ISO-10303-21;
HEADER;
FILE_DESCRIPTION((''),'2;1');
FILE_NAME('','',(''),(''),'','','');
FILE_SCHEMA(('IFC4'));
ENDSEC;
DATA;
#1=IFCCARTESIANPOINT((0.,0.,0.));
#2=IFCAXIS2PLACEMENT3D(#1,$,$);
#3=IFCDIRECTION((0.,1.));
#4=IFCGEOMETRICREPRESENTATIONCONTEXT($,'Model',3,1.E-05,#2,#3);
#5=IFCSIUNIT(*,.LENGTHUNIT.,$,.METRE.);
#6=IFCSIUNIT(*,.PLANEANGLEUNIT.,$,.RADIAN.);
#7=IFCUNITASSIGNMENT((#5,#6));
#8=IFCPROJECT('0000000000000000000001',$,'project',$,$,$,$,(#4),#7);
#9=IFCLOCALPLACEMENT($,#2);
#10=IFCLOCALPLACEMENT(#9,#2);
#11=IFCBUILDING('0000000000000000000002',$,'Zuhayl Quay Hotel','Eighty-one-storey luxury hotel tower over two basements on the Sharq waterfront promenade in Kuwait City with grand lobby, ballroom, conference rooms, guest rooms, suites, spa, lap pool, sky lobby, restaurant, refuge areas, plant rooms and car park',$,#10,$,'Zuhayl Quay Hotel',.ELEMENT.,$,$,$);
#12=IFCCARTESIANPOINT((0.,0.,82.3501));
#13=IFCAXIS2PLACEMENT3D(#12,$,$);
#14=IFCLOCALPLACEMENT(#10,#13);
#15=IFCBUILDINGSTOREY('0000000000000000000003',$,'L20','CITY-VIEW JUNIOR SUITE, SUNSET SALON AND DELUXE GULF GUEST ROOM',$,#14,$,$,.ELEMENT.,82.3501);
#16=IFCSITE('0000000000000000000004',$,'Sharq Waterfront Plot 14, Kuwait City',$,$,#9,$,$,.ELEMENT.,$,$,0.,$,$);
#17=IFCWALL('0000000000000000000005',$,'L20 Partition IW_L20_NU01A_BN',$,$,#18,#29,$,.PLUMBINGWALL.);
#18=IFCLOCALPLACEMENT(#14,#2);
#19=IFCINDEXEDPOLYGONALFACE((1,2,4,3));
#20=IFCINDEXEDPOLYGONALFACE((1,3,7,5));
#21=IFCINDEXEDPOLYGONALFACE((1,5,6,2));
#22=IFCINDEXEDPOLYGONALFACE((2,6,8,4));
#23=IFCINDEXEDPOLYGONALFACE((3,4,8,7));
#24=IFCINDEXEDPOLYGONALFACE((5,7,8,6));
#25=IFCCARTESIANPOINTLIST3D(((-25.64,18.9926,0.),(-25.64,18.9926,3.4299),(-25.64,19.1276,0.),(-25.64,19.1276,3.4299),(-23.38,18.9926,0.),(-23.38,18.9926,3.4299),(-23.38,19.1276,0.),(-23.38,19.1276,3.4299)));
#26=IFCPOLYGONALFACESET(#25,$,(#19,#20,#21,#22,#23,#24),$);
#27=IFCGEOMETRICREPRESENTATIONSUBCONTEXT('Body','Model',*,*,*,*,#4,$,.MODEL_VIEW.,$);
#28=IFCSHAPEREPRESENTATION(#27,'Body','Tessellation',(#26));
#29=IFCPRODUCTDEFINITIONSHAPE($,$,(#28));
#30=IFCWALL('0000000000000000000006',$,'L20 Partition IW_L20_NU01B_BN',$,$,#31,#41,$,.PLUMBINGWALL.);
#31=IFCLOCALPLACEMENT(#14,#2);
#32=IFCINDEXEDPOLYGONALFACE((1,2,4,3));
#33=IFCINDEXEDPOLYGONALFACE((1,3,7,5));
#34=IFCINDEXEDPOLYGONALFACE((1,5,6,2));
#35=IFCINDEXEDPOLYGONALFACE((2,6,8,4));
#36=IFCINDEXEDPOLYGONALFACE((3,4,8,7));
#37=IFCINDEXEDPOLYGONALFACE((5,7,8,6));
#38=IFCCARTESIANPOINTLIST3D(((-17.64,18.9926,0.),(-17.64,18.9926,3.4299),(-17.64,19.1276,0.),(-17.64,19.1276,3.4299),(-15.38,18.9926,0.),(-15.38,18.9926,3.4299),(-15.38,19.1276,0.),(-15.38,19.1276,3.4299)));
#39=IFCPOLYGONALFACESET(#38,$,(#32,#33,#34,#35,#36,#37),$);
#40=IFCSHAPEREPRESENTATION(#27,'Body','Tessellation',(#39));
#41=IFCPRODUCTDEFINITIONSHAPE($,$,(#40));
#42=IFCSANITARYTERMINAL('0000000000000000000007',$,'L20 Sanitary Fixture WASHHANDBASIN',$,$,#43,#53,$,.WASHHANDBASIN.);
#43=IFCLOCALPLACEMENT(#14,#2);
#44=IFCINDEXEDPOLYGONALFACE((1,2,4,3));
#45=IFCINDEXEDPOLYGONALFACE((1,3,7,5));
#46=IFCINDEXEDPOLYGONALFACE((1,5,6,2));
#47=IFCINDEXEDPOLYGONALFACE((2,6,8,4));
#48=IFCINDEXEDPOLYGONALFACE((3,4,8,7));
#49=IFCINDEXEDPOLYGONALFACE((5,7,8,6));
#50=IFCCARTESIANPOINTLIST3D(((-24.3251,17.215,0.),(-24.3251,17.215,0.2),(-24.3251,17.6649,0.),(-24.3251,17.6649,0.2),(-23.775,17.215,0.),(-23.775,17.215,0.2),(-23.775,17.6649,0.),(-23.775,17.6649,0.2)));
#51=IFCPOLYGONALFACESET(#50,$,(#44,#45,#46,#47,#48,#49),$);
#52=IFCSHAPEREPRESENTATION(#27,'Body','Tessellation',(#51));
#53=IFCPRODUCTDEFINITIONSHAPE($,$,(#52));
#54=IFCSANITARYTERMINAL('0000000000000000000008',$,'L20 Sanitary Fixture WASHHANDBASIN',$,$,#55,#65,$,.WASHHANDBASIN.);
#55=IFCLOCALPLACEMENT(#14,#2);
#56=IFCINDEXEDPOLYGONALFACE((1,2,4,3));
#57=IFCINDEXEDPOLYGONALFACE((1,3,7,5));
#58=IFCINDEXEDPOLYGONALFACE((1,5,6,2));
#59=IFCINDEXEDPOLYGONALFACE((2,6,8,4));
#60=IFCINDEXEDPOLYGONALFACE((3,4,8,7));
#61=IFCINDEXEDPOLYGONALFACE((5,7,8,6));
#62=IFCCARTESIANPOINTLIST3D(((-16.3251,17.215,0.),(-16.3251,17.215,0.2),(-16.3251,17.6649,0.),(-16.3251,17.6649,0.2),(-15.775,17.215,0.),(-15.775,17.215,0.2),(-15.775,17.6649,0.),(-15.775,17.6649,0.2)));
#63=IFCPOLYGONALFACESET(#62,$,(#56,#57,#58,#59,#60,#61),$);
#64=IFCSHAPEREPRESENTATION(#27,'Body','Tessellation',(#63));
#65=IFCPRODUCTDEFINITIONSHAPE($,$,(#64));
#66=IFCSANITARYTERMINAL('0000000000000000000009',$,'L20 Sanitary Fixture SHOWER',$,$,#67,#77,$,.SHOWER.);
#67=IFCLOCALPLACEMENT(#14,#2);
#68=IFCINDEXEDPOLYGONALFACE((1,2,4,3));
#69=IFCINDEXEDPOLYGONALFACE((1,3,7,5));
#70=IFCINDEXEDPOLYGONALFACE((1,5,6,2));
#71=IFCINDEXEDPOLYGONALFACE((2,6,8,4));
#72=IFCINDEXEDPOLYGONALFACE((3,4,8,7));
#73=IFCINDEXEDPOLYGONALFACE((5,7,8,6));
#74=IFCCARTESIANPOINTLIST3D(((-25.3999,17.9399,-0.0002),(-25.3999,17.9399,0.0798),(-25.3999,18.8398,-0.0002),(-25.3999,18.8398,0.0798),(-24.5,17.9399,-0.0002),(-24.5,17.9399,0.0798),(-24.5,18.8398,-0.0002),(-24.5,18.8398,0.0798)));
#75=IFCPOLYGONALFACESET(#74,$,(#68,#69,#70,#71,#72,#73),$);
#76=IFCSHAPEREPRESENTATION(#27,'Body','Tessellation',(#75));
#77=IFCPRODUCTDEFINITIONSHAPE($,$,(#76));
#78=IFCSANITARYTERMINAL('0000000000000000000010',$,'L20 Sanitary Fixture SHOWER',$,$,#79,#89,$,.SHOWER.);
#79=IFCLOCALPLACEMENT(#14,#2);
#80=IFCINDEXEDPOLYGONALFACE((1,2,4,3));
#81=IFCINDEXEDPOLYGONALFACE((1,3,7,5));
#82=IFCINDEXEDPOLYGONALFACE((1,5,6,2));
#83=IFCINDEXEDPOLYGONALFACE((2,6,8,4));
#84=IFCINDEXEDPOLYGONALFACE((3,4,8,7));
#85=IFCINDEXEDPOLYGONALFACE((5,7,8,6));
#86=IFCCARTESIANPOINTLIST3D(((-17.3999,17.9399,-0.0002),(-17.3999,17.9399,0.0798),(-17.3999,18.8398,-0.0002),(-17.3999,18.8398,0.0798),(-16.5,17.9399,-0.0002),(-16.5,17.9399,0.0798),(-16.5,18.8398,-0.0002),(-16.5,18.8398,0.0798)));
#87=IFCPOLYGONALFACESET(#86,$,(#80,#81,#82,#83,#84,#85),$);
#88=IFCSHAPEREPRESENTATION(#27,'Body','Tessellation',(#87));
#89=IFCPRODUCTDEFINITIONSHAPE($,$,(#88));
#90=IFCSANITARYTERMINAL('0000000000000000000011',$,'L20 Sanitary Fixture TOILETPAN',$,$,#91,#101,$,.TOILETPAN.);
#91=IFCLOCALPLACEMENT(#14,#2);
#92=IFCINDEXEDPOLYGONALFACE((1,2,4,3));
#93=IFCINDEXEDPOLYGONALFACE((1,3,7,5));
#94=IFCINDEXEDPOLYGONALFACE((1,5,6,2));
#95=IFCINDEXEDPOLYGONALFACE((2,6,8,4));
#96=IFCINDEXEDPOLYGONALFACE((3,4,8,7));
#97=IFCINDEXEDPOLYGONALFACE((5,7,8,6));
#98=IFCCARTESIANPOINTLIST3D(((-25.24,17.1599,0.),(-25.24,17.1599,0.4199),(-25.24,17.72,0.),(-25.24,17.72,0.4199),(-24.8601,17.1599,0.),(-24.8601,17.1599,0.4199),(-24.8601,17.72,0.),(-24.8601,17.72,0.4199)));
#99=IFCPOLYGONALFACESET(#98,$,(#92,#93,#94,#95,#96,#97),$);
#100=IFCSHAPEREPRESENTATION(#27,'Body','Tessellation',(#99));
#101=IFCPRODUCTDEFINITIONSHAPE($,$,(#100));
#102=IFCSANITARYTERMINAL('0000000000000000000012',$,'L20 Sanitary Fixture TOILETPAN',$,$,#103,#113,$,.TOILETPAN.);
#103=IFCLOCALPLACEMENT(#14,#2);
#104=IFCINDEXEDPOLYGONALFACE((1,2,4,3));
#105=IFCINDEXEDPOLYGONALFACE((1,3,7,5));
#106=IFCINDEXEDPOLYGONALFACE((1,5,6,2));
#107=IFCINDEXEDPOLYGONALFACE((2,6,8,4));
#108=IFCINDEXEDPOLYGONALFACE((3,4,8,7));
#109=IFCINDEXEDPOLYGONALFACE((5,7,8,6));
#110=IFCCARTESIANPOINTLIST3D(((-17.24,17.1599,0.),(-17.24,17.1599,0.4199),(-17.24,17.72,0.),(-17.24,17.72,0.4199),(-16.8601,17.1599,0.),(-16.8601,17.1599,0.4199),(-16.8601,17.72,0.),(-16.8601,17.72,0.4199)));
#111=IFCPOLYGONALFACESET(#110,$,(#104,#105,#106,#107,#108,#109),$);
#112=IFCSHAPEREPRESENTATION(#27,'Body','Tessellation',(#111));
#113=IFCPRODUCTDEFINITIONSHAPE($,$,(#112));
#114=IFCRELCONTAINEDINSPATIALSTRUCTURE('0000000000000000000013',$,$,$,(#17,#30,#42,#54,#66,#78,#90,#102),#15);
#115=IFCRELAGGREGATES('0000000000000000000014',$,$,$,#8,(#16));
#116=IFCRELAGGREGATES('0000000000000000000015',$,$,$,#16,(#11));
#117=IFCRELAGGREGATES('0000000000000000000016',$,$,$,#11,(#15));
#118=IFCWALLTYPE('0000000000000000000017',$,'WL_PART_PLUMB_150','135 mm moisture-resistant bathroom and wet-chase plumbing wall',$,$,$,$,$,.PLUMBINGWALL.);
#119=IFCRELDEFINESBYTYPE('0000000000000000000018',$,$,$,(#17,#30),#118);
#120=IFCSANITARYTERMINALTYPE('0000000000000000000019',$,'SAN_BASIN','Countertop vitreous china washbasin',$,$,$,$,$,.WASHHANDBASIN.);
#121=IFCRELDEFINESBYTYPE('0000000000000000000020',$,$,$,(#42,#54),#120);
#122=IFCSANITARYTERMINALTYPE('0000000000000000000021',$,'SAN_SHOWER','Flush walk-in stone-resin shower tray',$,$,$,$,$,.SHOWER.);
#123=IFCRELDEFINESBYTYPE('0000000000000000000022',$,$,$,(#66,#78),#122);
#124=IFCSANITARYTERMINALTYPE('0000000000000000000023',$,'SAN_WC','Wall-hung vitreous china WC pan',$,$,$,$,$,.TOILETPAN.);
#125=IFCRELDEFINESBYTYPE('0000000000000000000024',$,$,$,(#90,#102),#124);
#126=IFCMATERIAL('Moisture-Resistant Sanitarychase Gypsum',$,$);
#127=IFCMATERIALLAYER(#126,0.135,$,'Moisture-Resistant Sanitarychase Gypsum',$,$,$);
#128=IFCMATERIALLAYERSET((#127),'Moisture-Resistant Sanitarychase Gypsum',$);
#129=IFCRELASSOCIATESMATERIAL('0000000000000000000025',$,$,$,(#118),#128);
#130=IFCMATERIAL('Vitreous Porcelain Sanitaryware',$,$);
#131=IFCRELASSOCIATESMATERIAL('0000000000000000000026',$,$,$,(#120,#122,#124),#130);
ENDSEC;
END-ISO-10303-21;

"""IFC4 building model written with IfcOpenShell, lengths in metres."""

from ifc_helpers import new_model, si_unit, direction, frame, frame_2d, origin, origin_2d, place, context, subcontext, project, spatial, rectangle, extrude, material, layer, layer_set, type_object, element, save


model = new_model("IFC4")

# Units and contexts
model_context = context("Model", 3, precision=1e-05, world=origin(), true_north=direction((0.0, 1.0)))
body_context = subcontext(model_context, "Body", "Model", "MODEL_VIEW")
ifc_project = project(units=[si_unit("LENGTHUNIT", "METRE"), si_unit("PLANEANGLEUNIT", "RADIAN")], contexts=[model_context])

# Site, building, storey
site_placement = place(None, origin())
site = spatial("IfcSite", under=ifc_project, at=site_placement, Name="Sharq Waterfront Plot 14, Kuwait City", CompositionType="ELEMENT", RefElevation=0.0)
building_placement = place(site_placement, origin())
building = spatial("IfcBuilding", under=site, at=building_placement, Name="Zuhayl Quay Hotel", Description="Eighty-one-storey luxury hotel tower over two basements on the Sharq waterfront promenade in Kuwait City with grand lobby, ballroom, conference rooms, guest rooms, suites, spa, lap pool, sky lobby, restaurant, refuge areas, plant rooms and car park", LongName="Zuhayl Quay Hotel", CompositionType="ELEMENT")
storey_placement = place(building_placement, frame((0.0, 0.0, 82.3501)))
storey = spatial("IfcBuildingStorey", under=building, at=storey_placement, Name="L20", Description="CITY-VIEW JUNIOR SUITE, SUNSET SALON AND DELUXE GULF GUEST ROOM", CompositionType="ELEMENT", Elevation=82.3501)

# Shared definitions
ifc_material_1 = material(Name="Moisture-Resistant Sanitarychase Gypsum")
ifc_layer_1 = layer(ifc_material_1, 0.135, Name="Moisture-Resistant Sanitarychase Gypsum")
ifc_layer_set_1 = layer_set([ifc_layer_1], Name="Moisture-Resistant Sanitarychase Gypsum")
wall_type_1 = type_object("IfcWallType", Name="WL_PART_PLUMB_150", Description="135 mm moisture-resistant bathroom and wet-chase plumbing wall", PredefinedType="PLUMBINGWALL", material=ifc_layer_set_1)

# Walls
for number, where, z_axis, x_axis, name in (
    (1, (-25.6399, 19.0601, 0.0), (0.0, 0.0, 1.0), (1.0, 0.0, 0.0), "L20 Partition IW_L20_NU01A_BN"),
    (2, (-17.6399, 19.0601, 0.0), (0.0, 0.0, 1.0), (1.0, 0.0, 0.0), "L20 Partition IW_L20_NU01B_BN"),
):
    element("IfcWall", number, at=place(storey_placement, frame(where, z_axis=z_axis, x_axis=x_axis)), inside=storey, type_object=wall_type_1, Name=name, PredefinedType="PLUMBINGWALL", context=body_context, shape_type="SweptSolid", body=[
        extrude(rectangle(XDim=2.26, YDim=0.135, at=frame_2d((1.1299, 0.0))), origin(), (0.0, 0.0, 1.0), 3.4299),
    ])

# Sanitary terminals
ifc_material_2 = material(Name="Vitreous Porcelain Sanitaryware")
sanitary_terminal_type_1 = type_object("IfcSanitaryTerminalType", Name="SAN_BASIN", Description="Countertop vitreous china washbasin", PredefinedType="WASHHANDBASIN", material=ifc_material_2)
for number, where, z_axis, x_axis, name in (
    (3, (-24.05, 17.4399, 0.0), (0.0, 0.0, 1.0), (1.0, 0.0, 0.0), "L20 Sanitary Fixture WASHHANDBASIN"),
    (4, (-16.05, 17.4399, 0.0), (0.0, 0.0, 1.0), (1.0, 0.0, 0.0), "L20 Sanitary Fixture WASHHANDBASIN"),
):
    element("IfcSanitaryTerminal", number, at=place(storey_placement, frame(where, z_axis=z_axis, x_axis=x_axis)), inside=storey, type_object=sanitary_terminal_type_1, Name=name, PredefinedType="WASHHANDBASIN", context=body_context, shape_type="SweptSolid", body=[
        extrude(rectangle(XDim=0.55, YDim=0.45, at=origin_2d()), origin(), (0.0, 0.0, 1.0), 0.2),
    ])
sanitary_terminal_type_2 = type_object("IfcSanitaryTerminalType", Name="SAN_SHOWER", Description="Flush walk-in stone-resin shower tray", PredefinedType="SHOWER", material=ifc_material_2)
for number, where, z_axis, x_axis, name in (
    (5, (-24.95, 18.3899, -0.0002), (0.0, 0.0, 1.0), (1.0, 0.0, 0.0), "L20 Sanitary Fixture SHOWER"),
    (6, (-16.95, 18.3899, -0.0002), (0.0, 0.0, 1.0), (1.0, 0.0, 0.0), "L20 Sanitary Fixture SHOWER"),
):
    element("IfcSanitaryTerminal", number, at=place(storey_placement, frame(where, z_axis=z_axis, x_axis=x_axis)), inside=storey, type_object=sanitary_terminal_type_2, Name=name, PredefinedType="SHOWER", context=body_context, shape_type="SweptSolid", body=[
        extrude(rectangle(XDim=0.8999, YDim=0.8999, at=origin_2d()), origin(), (0.0, 0.0, 1.0), 0.0801),
    ])
sanitary_terminal_type_3 = type_object("IfcSanitaryTerminalType", Name="SAN_WC", Description="Wall-hung vitreous china WC pan", PredefinedType="TOILETPAN", material=ifc_material_2)
for number, where, z_axis, x_axis, name in (
    (7, (-25.05, 17.4399, 0.0), (0.0, 0.0, 1.0), (1.0, 0.0, 0.0), "L20 Sanitary Fixture TOILETPAN"),
    (8, (-17.05, 17.4399, 0.0), (0.0, 0.0, 1.0), (1.0, 0.0, 0.0), "L20 Sanitary Fixture TOILETPAN"),
):
    element("IfcSanitaryTerminal", number, at=place(storey_placement, frame(where, z_axis=z_axis, x_axis=x_axis)), inside=storey, type_object=sanitary_terminal_type_3, Name=name, PredefinedType="TOILETPAN", context=body_context, shape_type="SweptSolid", body=[
        extrude(rectangle(XDim=0.3799, YDim=0.5601, at=origin_2d()), origin(), (0.0, 0.0, 1.0), 0.4199),
    ])

save(model, "model.ifc")
